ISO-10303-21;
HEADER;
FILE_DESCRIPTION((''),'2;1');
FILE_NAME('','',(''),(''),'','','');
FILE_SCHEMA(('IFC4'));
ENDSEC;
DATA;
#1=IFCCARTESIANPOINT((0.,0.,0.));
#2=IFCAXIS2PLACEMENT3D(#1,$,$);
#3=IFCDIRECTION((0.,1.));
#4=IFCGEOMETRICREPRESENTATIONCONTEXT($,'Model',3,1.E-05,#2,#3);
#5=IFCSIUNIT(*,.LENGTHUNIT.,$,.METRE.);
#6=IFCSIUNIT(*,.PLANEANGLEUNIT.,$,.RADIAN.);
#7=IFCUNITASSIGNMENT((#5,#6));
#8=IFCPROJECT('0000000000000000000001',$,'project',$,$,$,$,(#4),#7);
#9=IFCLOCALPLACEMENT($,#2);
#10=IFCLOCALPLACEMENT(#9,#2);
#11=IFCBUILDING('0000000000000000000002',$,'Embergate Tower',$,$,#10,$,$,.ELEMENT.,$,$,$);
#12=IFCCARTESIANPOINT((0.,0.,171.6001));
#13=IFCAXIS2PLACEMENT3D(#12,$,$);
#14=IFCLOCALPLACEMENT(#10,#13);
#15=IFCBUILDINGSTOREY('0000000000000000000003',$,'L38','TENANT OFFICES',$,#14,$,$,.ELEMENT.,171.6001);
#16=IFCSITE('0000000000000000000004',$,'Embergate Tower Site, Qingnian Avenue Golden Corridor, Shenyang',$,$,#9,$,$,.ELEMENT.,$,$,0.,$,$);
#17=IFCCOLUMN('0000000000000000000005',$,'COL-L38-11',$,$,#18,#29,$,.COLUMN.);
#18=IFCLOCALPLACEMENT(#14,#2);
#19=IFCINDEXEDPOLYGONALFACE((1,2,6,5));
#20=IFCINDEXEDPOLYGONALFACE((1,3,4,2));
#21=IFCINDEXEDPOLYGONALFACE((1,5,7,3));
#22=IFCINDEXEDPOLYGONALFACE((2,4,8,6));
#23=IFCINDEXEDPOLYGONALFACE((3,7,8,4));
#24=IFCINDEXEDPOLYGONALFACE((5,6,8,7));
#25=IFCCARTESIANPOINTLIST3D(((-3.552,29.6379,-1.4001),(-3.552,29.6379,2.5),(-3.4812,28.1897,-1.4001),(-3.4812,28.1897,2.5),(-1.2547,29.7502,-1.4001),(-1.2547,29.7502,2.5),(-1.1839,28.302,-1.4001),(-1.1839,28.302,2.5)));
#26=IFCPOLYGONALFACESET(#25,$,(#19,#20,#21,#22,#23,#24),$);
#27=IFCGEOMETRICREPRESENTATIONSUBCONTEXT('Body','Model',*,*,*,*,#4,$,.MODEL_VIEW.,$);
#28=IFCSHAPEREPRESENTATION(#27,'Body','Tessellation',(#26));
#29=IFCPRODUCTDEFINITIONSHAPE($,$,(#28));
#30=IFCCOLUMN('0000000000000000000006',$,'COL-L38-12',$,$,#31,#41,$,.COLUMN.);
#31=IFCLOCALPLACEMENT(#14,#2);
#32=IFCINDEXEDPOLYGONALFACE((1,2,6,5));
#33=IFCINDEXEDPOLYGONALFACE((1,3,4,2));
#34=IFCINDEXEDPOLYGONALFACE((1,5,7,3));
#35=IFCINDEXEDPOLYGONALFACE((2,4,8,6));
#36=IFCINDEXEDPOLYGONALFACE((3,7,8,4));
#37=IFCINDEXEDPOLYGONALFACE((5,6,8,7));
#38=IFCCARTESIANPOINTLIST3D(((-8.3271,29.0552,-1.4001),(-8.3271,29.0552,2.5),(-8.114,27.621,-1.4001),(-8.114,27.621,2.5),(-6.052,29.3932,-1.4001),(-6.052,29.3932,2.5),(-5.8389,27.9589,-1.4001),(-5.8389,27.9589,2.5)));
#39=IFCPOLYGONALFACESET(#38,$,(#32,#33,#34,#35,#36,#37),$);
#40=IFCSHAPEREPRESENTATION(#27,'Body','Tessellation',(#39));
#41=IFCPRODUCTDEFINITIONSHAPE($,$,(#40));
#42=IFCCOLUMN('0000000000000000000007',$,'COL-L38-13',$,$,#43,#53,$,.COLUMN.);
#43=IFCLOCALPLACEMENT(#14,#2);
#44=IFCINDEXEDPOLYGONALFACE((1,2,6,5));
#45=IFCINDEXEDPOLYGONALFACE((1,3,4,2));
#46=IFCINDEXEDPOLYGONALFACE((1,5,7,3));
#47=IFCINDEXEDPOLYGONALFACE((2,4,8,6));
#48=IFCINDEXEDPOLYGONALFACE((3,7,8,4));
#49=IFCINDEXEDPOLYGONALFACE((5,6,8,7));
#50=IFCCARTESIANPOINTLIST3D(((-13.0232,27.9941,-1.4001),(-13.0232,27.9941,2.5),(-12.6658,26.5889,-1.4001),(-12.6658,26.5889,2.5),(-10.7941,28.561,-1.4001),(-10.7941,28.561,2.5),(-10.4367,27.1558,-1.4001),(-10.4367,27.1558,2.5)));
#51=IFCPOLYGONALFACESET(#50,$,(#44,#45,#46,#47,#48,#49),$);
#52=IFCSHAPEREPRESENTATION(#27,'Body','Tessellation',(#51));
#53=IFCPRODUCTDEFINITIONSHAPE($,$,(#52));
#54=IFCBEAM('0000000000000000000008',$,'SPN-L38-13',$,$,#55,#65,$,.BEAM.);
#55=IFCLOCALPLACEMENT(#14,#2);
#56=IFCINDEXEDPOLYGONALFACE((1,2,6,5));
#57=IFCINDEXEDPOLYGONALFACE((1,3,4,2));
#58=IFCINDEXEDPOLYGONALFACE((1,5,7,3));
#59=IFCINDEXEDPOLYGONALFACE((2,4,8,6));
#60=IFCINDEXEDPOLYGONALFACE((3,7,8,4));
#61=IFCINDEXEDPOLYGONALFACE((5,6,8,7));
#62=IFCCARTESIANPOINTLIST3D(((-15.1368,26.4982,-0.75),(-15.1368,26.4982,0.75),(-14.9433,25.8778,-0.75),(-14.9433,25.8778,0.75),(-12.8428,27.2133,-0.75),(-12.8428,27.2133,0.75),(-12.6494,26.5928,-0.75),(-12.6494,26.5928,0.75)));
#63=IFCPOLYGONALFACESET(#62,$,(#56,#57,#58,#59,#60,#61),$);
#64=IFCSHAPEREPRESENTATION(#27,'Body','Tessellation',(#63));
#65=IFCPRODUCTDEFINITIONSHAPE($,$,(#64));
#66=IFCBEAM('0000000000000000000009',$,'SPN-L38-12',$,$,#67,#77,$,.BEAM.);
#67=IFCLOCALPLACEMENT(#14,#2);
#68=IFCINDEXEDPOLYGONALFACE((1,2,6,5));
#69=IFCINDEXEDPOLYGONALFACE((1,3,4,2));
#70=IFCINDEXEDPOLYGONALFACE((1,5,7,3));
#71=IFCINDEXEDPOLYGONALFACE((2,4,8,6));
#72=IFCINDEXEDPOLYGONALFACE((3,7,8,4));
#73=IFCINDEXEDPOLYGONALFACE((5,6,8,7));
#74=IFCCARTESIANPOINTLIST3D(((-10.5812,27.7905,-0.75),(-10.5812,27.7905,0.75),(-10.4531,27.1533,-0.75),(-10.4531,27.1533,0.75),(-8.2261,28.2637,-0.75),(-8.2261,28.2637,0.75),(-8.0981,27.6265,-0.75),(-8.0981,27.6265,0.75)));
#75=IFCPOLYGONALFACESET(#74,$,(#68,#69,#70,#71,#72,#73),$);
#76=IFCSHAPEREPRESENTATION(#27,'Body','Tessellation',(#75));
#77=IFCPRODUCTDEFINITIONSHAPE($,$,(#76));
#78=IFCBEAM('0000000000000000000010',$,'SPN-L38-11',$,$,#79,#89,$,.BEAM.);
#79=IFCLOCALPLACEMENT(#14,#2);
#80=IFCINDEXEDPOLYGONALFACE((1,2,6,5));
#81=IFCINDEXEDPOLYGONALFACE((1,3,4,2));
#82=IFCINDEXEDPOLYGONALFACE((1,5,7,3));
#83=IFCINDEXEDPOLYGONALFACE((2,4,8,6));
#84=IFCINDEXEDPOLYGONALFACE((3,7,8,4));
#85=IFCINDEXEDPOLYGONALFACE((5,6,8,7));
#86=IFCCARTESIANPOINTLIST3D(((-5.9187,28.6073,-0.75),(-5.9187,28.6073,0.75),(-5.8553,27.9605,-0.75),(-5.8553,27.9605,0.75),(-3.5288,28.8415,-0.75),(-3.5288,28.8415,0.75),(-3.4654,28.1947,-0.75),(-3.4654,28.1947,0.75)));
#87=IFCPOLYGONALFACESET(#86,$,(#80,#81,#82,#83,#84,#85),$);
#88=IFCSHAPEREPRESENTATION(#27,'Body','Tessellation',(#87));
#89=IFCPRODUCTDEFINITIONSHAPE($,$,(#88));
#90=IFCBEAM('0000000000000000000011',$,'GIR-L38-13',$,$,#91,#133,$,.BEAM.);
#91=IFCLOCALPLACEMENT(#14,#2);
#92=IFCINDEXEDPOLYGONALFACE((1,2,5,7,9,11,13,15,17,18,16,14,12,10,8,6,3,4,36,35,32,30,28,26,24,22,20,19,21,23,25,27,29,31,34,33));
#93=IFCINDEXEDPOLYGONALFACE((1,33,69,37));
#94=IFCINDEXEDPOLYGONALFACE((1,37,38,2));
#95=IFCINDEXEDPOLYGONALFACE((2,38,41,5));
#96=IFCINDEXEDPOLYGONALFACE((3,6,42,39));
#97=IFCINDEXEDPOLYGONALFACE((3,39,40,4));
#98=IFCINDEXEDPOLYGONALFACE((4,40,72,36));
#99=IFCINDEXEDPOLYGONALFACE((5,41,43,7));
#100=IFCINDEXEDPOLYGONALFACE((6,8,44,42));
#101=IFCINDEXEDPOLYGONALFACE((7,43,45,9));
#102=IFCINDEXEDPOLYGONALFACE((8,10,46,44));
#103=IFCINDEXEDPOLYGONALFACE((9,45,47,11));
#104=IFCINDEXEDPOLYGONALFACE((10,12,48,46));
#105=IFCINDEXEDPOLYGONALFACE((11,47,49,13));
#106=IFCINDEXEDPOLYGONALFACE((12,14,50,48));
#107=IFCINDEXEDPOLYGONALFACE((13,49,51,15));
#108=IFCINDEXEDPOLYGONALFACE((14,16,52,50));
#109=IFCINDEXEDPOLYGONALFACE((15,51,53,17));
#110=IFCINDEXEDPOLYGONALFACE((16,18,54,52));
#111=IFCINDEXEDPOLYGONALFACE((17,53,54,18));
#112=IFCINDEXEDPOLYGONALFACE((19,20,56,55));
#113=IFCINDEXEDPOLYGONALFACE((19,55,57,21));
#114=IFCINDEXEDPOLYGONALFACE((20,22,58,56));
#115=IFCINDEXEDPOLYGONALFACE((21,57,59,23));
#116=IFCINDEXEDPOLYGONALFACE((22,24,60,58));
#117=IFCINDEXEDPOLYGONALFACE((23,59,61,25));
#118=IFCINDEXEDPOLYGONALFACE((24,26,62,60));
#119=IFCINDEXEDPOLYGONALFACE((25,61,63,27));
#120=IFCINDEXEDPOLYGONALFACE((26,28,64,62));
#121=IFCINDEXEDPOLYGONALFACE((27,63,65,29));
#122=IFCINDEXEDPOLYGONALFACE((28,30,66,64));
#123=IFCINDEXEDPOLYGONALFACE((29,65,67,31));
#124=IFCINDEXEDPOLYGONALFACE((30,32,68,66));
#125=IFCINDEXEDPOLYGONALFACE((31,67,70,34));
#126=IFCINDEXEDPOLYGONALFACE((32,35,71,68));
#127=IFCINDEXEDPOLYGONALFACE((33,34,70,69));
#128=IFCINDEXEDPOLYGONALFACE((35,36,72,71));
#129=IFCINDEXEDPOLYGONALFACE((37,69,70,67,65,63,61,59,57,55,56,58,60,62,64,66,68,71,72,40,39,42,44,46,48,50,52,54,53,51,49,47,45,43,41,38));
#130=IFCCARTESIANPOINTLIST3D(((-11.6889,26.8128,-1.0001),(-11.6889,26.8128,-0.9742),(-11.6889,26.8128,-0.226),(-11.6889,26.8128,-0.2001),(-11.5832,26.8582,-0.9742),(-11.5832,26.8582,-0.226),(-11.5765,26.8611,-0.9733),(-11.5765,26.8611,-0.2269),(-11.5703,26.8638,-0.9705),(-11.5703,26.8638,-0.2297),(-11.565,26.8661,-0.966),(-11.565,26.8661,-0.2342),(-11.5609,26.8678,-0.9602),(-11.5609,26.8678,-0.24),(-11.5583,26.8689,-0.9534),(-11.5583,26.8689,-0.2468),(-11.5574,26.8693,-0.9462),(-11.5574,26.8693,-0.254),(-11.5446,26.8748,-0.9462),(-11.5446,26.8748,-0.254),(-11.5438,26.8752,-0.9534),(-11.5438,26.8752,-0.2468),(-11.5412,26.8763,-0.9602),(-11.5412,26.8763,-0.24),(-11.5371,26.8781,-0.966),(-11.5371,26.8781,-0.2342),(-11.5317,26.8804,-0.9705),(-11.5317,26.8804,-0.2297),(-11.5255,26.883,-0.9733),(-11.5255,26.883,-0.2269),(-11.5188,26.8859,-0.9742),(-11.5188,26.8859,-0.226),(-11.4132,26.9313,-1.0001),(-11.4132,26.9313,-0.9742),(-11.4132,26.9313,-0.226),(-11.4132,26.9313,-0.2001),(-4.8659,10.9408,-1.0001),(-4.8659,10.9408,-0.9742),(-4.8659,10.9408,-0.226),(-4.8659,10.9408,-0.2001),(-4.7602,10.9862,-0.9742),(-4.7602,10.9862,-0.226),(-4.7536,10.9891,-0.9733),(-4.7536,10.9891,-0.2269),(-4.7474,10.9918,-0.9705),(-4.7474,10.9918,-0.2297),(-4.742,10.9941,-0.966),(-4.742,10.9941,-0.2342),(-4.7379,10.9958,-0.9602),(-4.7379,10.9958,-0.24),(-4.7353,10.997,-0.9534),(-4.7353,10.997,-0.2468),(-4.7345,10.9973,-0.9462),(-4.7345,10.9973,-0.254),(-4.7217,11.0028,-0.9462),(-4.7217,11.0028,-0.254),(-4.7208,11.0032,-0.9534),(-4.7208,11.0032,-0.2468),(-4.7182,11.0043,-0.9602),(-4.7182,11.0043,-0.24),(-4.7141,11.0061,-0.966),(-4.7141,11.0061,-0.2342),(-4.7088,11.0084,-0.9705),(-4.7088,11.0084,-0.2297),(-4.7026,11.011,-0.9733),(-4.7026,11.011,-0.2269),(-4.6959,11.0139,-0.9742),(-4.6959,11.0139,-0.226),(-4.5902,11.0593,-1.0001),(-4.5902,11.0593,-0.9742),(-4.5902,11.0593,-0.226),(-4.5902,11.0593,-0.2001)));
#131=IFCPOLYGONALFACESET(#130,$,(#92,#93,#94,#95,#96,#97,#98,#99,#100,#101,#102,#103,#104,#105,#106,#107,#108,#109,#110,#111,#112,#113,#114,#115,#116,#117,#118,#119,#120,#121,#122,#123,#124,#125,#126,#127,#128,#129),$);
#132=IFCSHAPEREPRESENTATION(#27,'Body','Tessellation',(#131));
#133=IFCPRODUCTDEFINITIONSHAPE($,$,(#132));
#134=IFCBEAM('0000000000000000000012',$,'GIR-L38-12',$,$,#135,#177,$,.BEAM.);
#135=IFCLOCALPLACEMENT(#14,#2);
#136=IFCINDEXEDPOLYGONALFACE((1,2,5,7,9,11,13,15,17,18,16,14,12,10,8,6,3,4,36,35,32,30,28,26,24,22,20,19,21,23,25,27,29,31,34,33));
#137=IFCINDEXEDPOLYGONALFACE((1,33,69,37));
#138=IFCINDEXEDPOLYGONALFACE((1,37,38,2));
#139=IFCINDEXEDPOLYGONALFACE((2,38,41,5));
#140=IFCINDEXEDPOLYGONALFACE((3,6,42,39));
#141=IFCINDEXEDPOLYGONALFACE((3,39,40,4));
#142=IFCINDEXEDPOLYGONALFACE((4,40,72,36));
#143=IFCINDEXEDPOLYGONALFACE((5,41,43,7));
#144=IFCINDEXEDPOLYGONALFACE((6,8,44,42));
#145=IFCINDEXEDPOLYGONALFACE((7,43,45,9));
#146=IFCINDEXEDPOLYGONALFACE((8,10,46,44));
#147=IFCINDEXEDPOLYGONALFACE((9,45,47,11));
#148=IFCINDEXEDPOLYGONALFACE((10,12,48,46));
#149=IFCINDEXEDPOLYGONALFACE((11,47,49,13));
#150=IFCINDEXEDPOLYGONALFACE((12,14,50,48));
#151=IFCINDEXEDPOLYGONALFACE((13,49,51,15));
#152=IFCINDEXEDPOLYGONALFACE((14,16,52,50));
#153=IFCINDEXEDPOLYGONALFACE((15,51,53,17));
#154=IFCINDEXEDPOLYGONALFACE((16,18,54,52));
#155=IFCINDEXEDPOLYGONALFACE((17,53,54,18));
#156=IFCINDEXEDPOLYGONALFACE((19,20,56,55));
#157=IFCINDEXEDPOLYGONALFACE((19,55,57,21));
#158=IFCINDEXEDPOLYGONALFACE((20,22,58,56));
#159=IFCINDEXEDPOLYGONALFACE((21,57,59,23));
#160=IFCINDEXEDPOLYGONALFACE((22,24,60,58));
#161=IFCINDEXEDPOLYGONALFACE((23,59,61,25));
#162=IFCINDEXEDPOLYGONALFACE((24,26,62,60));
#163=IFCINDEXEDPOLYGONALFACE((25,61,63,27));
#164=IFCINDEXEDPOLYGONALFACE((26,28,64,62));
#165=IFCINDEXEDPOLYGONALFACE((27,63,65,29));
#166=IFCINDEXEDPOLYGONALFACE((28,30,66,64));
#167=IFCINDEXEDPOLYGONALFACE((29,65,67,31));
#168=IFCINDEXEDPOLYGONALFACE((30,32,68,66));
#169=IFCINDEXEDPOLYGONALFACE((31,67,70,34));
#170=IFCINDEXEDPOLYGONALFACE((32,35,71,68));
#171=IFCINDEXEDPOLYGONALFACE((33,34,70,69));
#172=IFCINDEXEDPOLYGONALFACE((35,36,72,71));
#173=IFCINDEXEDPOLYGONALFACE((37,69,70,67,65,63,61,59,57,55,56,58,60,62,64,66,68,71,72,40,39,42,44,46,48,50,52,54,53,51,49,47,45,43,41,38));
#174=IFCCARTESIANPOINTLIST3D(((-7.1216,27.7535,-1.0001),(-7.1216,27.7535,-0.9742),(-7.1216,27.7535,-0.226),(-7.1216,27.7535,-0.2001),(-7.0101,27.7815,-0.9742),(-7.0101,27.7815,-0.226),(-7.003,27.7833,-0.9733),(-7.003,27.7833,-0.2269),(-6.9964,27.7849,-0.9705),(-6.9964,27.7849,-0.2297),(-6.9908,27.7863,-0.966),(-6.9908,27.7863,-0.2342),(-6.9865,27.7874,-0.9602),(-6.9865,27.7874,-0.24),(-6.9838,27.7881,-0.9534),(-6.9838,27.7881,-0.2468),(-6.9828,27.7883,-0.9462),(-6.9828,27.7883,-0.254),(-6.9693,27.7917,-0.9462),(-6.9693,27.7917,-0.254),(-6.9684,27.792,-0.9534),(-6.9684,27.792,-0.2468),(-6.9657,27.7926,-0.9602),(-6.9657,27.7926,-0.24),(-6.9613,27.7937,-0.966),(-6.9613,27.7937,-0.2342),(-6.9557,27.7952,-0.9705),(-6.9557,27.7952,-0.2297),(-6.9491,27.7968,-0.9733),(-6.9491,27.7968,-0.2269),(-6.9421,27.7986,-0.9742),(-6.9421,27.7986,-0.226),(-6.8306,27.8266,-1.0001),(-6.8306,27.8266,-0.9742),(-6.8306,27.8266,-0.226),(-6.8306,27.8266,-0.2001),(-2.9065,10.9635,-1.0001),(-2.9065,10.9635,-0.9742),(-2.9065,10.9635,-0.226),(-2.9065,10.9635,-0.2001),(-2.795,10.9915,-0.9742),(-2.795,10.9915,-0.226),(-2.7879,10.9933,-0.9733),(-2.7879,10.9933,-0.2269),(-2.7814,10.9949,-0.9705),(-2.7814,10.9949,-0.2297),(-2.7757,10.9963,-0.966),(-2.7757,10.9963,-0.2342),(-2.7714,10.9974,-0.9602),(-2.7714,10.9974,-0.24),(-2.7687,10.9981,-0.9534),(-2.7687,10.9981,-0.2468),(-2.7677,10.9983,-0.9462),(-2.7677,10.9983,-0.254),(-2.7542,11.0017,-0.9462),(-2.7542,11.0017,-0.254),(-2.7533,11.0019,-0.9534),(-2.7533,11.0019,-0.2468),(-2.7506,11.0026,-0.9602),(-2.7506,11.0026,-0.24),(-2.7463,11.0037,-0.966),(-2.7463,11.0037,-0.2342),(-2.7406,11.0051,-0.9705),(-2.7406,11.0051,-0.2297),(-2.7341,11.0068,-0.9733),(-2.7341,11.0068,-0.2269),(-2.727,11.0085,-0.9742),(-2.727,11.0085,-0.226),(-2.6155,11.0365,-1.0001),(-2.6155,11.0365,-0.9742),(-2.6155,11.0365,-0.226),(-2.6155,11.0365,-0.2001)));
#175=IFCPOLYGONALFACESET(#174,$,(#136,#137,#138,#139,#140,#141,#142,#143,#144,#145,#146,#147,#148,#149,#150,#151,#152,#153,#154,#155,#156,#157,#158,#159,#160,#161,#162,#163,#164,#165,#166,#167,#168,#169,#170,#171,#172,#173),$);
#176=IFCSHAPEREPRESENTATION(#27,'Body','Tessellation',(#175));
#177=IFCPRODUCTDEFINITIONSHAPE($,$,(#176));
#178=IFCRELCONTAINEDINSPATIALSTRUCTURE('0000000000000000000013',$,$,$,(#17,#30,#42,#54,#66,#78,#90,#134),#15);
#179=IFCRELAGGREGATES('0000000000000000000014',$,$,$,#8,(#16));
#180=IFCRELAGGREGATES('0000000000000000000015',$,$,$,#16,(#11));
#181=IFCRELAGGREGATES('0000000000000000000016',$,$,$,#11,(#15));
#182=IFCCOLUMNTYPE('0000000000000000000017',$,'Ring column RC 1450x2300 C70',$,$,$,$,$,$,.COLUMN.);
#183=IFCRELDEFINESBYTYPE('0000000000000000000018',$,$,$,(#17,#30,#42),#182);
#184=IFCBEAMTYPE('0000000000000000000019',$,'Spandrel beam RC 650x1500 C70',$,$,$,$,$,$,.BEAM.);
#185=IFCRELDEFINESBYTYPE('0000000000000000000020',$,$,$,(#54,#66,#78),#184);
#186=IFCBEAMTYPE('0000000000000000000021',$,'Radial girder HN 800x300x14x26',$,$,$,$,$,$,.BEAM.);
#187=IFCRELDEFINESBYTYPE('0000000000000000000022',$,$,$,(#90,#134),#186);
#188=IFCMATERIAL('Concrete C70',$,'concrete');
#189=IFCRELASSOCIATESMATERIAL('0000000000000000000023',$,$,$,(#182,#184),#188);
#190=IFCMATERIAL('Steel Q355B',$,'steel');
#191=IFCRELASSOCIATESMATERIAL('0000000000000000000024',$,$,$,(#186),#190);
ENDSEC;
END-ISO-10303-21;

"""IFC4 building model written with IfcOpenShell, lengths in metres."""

from ifc_helpers import new_model, si_unit, direction, frame, origin, origin_2d, place, context, subcontext, project, spatial, rectangle, i_section, extrude, source, transform, mapped, material, material_profile, profile_set, type_object, element, save


model = new_model("IFC4")

# Units and contexts
model_context = context("Model", 3, precision=1e-05, world=origin(), true_north=direction((0.0, 1.0)))
body_context = subcontext(model_context, "Body", "Model", "MODEL_VIEW")
ifc_project = project(units=[si_unit("LENGTHUNIT", "METRE"), si_unit("PLANEANGLEUNIT", "RADIAN")], contexts=[model_context])

# Site, building, storey
site_placement = place(None, origin())
site = spatial("IfcSite", under=ifc_project, at=site_placement, Name="Embergate Tower Site, Qingnian Avenue Golden Corridor, Shenyang", CompositionType="ELEMENT", RefElevation=0.0)
building_placement = place(site_placement, origin())
building = spatial("IfcBuilding", under=site, at=building_placement, Name="Embergate Tower", CompositionType="ELEMENT")
storey_placement = place(building_placement, frame((0.0, 0.0, 171.6001)))
storey = spatial("IfcBuildingStorey", under=building, at=storey_placement, Name="L38", Description="TENANT OFFICES", CompositionType="ELEMENT", Elevation=171.6001)

# Columns
ifc_material_1 = material(Name="Concrete C70", Category="concrete")
ifc_material_profile_1 = material_profile(ifc_material_1, rectangle(XDim=1.45, YDim=2.3, at=origin_2d()), Name="RC 1450x2300")
ifc_profile_set_1 = profile_set([ifc_material_profile_1], Name="Concrete C70")
column_type = type_object("IfcColumnType", Name="Ring column RC 1450x2300 C70", PredefinedType="COLUMN", material=ifc_profile_set_1)
shared_shape_1 = source(origin(), body_context, "Body", "SweptSolid", [
    extrude(rectangle(XDim=1.45, YDim=2.3, at=origin_2d()), origin(), (0.0, 0.0, 1.0), 3.9001),
])
for number, where, z_axis, x_axis, name in (
    (1, (-2.3679, 28.97, -1.4001), (0.0, 0.0, 1.0), (-0.048815, 0.998808, 0.0), "COL-L38-11"),
    (2, (-7.083, 28.5071, -1.4001), (0.0, 0.0, 1.0), (-0.146929, 0.989147, 0.0), "COL-L38-12"),
    (3, (-11.73, 27.575, -1.4001), (0.0, 0.0, 1.0), (-0.246492, 0.969145, 0.0), "COL-L38-13"),
):
    element("IfcColumn", number, at=place(storey_placement, frame(where, z_axis=z_axis, x_axis=x_axis)), inside=storey, type_object=column_type, Name=name, PredefinedType="COLUMN", context=body_context, shape_type="MappedRepresentation", body=[
        mapped(shared_shape_1, transform((0.0, 0.0, 0.0))),
    ])

# Beams
ifc_material_profile_2 = material_profile(ifc_material_1, rectangle(XDim=0.6499, YDim=1.5, at=origin_2d()), Name="RC 650x1500")
ifc_profile_set_2 = profile_set([ifc_material_profile_2], Name="Concrete C70")
beam_type_1 = type_object("IfcBeamType", Name="Spandrel beam RC 650x1500 C70", PredefinedType="BEAM", material=ifc_profile_set_2)
shared_shape_2 = source(origin(), body_context, "Body", "SweptSolid", [
    extrude(rectangle(XDim=0.6499, YDim=1.5, at=origin_2d()), origin(), (0.0, 0.0, 1.0), 2.4028),
])
beam_1_placement = place(storey_placement, frame((-12.7461, 26.9031, 0.0), z_axis=(-0.954689, -0.297604, 0.0), x_axis=(0.297604, -0.954689, 0.0)))
element("IfcBeam", 4, at=beam_1_placement, inside=storey, type_object=beam_type_1, Name="SPN-L38-13", PredefinedType="BEAM", context=body_context, shape_type="MappedRepresentation", body=[
    mapped(shared_shape_2, transform((0.0, 0.0, 0.0))),
])
shared_shape_3 = source(origin(), body_context, "Body", "SweptSolid", [
    extrude(rectangle(XDim=0.6499, YDim=1.5, at=origin_2d()), origin(), (0.0, 0.0, 1.0), 2.4021),
])
beam_2_placement = place(storey_placement, frame((-8.1621, 27.9451, 0.0), z_axis=(-0.980408, -0.196976, 0.0), x_axis=(0.196976, -0.980408, 0.0)))
element("IfcBeam", 5, at=beam_2_placement, inside=storey, type_object=beam_type_1, Name="SPN-L38-12", PredefinedType="BEAM", context=body_context, shape_type="MappedRepresentation", body=[
    mapped(shared_shape_3, transform((0.0, 0.0, 0.0))),
])
shared_shape_4 = source(origin(), body_context, "Body", "SweptSolid", [
    extrude(rectangle(XDim=0.6499, YDim=1.5, at=origin_2d()), origin(), (0.0, 0.0, 1.0), 2.4014),
])
beam_3_placement = place(storey_placement, frame((-3.4971, 28.5181, 0.0), z_axis=(-0.995235, -0.0975, 0.0), x_axis=(0.0975, -0.995235, 0.0)))
element("IfcBeam", 6, at=beam_3_placement, inside=storey, type_object=beam_type_1, Name="SPN-L38-11", PredefinedType="BEAM", context=body_context, shape_type="MappedRepresentation", body=[
    mapped(shared_shape_4, transform((0.0, 0.0, 0.0))),
])
ifc_material_2 = material(Name="Steel Q355B", Category="steel")
ifc_material_profile_3 = material_profile(ifc_material_2, i_section(OverallWidth=0.3, OverallDepth=0.8, WebThickness=0.0139, FlangeThickness=0.0259, FilletRadius=0.0281, at=origin_2d()), Name="HN 800x300x14x26")
ifc_profile_set_3 = profile_set([ifc_material_profile_3], Name="Steel Q355 grade B")
beam_type_2 = type_object("IfcBeamType", Name="Radial girder HN 800x300x14x26", PredefinedType="BEAM", material=ifc_profile_set_3)
shared_shape_5 = source(origin(), body_context, "Body", "SweptSolid", [
    extrude(i_section(OverallWidth=0.3, OverallDepth=0.8, WebThickness=0.0139, FlangeThickness=0.0259, FilletRadius=0.0281, at=origin_2d()), origin(), (0.0, 0.0, 1.0), 17.2764),
])
beam_4_placement = place(storey_placement, frame((-11.551, 26.8721, -0.6001), z_axis=(0.39493, -0.918711, 0.0), x_axis=(0.918711, 0.39493, 0.0)))
element("IfcBeam", 7, at=beam_4_placement, inside=storey, type_object=beam_type_2, Name="GIR-L38-13", PredefinedType="BEAM", context=body_context, shape_type="MappedRepresentation", body=[
    mapped(shared_shape_5, transform((0.0, 0.0, 0.0))),
])
shared_shape_6 = source(origin(), body_context, "Body", "SweptSolid", [
    extrude(i_section(OverallWidth=0.3, OverallDepth=0.8, WebThickness=0.0139, FlangeThickness=0.0259, FilletRadius=0.0281, at=origin_2d()), origin(), (0.0, 0.0, 1.0), 17.311),
])
beam_5_placement = place(storey_placement, frame((-6.9761, 27.79, -0.6001), z_axis=(0.243491, -0.969903, 0.0), x_axis=(0.969903, 0.243491, 0.0)))
element("IfcBeam", 8, at=beam_5_placement, inside=storey, type_object=beam_type_2, Name="GIR-L38-12", PredefinedType="BEAM", context=body_context, shape_type="MappedRepresentation", body=[
    mapped(shared_shape_6, transform((0.0, 0.0, 0.0))),
])

save(model, "model.ifc")
